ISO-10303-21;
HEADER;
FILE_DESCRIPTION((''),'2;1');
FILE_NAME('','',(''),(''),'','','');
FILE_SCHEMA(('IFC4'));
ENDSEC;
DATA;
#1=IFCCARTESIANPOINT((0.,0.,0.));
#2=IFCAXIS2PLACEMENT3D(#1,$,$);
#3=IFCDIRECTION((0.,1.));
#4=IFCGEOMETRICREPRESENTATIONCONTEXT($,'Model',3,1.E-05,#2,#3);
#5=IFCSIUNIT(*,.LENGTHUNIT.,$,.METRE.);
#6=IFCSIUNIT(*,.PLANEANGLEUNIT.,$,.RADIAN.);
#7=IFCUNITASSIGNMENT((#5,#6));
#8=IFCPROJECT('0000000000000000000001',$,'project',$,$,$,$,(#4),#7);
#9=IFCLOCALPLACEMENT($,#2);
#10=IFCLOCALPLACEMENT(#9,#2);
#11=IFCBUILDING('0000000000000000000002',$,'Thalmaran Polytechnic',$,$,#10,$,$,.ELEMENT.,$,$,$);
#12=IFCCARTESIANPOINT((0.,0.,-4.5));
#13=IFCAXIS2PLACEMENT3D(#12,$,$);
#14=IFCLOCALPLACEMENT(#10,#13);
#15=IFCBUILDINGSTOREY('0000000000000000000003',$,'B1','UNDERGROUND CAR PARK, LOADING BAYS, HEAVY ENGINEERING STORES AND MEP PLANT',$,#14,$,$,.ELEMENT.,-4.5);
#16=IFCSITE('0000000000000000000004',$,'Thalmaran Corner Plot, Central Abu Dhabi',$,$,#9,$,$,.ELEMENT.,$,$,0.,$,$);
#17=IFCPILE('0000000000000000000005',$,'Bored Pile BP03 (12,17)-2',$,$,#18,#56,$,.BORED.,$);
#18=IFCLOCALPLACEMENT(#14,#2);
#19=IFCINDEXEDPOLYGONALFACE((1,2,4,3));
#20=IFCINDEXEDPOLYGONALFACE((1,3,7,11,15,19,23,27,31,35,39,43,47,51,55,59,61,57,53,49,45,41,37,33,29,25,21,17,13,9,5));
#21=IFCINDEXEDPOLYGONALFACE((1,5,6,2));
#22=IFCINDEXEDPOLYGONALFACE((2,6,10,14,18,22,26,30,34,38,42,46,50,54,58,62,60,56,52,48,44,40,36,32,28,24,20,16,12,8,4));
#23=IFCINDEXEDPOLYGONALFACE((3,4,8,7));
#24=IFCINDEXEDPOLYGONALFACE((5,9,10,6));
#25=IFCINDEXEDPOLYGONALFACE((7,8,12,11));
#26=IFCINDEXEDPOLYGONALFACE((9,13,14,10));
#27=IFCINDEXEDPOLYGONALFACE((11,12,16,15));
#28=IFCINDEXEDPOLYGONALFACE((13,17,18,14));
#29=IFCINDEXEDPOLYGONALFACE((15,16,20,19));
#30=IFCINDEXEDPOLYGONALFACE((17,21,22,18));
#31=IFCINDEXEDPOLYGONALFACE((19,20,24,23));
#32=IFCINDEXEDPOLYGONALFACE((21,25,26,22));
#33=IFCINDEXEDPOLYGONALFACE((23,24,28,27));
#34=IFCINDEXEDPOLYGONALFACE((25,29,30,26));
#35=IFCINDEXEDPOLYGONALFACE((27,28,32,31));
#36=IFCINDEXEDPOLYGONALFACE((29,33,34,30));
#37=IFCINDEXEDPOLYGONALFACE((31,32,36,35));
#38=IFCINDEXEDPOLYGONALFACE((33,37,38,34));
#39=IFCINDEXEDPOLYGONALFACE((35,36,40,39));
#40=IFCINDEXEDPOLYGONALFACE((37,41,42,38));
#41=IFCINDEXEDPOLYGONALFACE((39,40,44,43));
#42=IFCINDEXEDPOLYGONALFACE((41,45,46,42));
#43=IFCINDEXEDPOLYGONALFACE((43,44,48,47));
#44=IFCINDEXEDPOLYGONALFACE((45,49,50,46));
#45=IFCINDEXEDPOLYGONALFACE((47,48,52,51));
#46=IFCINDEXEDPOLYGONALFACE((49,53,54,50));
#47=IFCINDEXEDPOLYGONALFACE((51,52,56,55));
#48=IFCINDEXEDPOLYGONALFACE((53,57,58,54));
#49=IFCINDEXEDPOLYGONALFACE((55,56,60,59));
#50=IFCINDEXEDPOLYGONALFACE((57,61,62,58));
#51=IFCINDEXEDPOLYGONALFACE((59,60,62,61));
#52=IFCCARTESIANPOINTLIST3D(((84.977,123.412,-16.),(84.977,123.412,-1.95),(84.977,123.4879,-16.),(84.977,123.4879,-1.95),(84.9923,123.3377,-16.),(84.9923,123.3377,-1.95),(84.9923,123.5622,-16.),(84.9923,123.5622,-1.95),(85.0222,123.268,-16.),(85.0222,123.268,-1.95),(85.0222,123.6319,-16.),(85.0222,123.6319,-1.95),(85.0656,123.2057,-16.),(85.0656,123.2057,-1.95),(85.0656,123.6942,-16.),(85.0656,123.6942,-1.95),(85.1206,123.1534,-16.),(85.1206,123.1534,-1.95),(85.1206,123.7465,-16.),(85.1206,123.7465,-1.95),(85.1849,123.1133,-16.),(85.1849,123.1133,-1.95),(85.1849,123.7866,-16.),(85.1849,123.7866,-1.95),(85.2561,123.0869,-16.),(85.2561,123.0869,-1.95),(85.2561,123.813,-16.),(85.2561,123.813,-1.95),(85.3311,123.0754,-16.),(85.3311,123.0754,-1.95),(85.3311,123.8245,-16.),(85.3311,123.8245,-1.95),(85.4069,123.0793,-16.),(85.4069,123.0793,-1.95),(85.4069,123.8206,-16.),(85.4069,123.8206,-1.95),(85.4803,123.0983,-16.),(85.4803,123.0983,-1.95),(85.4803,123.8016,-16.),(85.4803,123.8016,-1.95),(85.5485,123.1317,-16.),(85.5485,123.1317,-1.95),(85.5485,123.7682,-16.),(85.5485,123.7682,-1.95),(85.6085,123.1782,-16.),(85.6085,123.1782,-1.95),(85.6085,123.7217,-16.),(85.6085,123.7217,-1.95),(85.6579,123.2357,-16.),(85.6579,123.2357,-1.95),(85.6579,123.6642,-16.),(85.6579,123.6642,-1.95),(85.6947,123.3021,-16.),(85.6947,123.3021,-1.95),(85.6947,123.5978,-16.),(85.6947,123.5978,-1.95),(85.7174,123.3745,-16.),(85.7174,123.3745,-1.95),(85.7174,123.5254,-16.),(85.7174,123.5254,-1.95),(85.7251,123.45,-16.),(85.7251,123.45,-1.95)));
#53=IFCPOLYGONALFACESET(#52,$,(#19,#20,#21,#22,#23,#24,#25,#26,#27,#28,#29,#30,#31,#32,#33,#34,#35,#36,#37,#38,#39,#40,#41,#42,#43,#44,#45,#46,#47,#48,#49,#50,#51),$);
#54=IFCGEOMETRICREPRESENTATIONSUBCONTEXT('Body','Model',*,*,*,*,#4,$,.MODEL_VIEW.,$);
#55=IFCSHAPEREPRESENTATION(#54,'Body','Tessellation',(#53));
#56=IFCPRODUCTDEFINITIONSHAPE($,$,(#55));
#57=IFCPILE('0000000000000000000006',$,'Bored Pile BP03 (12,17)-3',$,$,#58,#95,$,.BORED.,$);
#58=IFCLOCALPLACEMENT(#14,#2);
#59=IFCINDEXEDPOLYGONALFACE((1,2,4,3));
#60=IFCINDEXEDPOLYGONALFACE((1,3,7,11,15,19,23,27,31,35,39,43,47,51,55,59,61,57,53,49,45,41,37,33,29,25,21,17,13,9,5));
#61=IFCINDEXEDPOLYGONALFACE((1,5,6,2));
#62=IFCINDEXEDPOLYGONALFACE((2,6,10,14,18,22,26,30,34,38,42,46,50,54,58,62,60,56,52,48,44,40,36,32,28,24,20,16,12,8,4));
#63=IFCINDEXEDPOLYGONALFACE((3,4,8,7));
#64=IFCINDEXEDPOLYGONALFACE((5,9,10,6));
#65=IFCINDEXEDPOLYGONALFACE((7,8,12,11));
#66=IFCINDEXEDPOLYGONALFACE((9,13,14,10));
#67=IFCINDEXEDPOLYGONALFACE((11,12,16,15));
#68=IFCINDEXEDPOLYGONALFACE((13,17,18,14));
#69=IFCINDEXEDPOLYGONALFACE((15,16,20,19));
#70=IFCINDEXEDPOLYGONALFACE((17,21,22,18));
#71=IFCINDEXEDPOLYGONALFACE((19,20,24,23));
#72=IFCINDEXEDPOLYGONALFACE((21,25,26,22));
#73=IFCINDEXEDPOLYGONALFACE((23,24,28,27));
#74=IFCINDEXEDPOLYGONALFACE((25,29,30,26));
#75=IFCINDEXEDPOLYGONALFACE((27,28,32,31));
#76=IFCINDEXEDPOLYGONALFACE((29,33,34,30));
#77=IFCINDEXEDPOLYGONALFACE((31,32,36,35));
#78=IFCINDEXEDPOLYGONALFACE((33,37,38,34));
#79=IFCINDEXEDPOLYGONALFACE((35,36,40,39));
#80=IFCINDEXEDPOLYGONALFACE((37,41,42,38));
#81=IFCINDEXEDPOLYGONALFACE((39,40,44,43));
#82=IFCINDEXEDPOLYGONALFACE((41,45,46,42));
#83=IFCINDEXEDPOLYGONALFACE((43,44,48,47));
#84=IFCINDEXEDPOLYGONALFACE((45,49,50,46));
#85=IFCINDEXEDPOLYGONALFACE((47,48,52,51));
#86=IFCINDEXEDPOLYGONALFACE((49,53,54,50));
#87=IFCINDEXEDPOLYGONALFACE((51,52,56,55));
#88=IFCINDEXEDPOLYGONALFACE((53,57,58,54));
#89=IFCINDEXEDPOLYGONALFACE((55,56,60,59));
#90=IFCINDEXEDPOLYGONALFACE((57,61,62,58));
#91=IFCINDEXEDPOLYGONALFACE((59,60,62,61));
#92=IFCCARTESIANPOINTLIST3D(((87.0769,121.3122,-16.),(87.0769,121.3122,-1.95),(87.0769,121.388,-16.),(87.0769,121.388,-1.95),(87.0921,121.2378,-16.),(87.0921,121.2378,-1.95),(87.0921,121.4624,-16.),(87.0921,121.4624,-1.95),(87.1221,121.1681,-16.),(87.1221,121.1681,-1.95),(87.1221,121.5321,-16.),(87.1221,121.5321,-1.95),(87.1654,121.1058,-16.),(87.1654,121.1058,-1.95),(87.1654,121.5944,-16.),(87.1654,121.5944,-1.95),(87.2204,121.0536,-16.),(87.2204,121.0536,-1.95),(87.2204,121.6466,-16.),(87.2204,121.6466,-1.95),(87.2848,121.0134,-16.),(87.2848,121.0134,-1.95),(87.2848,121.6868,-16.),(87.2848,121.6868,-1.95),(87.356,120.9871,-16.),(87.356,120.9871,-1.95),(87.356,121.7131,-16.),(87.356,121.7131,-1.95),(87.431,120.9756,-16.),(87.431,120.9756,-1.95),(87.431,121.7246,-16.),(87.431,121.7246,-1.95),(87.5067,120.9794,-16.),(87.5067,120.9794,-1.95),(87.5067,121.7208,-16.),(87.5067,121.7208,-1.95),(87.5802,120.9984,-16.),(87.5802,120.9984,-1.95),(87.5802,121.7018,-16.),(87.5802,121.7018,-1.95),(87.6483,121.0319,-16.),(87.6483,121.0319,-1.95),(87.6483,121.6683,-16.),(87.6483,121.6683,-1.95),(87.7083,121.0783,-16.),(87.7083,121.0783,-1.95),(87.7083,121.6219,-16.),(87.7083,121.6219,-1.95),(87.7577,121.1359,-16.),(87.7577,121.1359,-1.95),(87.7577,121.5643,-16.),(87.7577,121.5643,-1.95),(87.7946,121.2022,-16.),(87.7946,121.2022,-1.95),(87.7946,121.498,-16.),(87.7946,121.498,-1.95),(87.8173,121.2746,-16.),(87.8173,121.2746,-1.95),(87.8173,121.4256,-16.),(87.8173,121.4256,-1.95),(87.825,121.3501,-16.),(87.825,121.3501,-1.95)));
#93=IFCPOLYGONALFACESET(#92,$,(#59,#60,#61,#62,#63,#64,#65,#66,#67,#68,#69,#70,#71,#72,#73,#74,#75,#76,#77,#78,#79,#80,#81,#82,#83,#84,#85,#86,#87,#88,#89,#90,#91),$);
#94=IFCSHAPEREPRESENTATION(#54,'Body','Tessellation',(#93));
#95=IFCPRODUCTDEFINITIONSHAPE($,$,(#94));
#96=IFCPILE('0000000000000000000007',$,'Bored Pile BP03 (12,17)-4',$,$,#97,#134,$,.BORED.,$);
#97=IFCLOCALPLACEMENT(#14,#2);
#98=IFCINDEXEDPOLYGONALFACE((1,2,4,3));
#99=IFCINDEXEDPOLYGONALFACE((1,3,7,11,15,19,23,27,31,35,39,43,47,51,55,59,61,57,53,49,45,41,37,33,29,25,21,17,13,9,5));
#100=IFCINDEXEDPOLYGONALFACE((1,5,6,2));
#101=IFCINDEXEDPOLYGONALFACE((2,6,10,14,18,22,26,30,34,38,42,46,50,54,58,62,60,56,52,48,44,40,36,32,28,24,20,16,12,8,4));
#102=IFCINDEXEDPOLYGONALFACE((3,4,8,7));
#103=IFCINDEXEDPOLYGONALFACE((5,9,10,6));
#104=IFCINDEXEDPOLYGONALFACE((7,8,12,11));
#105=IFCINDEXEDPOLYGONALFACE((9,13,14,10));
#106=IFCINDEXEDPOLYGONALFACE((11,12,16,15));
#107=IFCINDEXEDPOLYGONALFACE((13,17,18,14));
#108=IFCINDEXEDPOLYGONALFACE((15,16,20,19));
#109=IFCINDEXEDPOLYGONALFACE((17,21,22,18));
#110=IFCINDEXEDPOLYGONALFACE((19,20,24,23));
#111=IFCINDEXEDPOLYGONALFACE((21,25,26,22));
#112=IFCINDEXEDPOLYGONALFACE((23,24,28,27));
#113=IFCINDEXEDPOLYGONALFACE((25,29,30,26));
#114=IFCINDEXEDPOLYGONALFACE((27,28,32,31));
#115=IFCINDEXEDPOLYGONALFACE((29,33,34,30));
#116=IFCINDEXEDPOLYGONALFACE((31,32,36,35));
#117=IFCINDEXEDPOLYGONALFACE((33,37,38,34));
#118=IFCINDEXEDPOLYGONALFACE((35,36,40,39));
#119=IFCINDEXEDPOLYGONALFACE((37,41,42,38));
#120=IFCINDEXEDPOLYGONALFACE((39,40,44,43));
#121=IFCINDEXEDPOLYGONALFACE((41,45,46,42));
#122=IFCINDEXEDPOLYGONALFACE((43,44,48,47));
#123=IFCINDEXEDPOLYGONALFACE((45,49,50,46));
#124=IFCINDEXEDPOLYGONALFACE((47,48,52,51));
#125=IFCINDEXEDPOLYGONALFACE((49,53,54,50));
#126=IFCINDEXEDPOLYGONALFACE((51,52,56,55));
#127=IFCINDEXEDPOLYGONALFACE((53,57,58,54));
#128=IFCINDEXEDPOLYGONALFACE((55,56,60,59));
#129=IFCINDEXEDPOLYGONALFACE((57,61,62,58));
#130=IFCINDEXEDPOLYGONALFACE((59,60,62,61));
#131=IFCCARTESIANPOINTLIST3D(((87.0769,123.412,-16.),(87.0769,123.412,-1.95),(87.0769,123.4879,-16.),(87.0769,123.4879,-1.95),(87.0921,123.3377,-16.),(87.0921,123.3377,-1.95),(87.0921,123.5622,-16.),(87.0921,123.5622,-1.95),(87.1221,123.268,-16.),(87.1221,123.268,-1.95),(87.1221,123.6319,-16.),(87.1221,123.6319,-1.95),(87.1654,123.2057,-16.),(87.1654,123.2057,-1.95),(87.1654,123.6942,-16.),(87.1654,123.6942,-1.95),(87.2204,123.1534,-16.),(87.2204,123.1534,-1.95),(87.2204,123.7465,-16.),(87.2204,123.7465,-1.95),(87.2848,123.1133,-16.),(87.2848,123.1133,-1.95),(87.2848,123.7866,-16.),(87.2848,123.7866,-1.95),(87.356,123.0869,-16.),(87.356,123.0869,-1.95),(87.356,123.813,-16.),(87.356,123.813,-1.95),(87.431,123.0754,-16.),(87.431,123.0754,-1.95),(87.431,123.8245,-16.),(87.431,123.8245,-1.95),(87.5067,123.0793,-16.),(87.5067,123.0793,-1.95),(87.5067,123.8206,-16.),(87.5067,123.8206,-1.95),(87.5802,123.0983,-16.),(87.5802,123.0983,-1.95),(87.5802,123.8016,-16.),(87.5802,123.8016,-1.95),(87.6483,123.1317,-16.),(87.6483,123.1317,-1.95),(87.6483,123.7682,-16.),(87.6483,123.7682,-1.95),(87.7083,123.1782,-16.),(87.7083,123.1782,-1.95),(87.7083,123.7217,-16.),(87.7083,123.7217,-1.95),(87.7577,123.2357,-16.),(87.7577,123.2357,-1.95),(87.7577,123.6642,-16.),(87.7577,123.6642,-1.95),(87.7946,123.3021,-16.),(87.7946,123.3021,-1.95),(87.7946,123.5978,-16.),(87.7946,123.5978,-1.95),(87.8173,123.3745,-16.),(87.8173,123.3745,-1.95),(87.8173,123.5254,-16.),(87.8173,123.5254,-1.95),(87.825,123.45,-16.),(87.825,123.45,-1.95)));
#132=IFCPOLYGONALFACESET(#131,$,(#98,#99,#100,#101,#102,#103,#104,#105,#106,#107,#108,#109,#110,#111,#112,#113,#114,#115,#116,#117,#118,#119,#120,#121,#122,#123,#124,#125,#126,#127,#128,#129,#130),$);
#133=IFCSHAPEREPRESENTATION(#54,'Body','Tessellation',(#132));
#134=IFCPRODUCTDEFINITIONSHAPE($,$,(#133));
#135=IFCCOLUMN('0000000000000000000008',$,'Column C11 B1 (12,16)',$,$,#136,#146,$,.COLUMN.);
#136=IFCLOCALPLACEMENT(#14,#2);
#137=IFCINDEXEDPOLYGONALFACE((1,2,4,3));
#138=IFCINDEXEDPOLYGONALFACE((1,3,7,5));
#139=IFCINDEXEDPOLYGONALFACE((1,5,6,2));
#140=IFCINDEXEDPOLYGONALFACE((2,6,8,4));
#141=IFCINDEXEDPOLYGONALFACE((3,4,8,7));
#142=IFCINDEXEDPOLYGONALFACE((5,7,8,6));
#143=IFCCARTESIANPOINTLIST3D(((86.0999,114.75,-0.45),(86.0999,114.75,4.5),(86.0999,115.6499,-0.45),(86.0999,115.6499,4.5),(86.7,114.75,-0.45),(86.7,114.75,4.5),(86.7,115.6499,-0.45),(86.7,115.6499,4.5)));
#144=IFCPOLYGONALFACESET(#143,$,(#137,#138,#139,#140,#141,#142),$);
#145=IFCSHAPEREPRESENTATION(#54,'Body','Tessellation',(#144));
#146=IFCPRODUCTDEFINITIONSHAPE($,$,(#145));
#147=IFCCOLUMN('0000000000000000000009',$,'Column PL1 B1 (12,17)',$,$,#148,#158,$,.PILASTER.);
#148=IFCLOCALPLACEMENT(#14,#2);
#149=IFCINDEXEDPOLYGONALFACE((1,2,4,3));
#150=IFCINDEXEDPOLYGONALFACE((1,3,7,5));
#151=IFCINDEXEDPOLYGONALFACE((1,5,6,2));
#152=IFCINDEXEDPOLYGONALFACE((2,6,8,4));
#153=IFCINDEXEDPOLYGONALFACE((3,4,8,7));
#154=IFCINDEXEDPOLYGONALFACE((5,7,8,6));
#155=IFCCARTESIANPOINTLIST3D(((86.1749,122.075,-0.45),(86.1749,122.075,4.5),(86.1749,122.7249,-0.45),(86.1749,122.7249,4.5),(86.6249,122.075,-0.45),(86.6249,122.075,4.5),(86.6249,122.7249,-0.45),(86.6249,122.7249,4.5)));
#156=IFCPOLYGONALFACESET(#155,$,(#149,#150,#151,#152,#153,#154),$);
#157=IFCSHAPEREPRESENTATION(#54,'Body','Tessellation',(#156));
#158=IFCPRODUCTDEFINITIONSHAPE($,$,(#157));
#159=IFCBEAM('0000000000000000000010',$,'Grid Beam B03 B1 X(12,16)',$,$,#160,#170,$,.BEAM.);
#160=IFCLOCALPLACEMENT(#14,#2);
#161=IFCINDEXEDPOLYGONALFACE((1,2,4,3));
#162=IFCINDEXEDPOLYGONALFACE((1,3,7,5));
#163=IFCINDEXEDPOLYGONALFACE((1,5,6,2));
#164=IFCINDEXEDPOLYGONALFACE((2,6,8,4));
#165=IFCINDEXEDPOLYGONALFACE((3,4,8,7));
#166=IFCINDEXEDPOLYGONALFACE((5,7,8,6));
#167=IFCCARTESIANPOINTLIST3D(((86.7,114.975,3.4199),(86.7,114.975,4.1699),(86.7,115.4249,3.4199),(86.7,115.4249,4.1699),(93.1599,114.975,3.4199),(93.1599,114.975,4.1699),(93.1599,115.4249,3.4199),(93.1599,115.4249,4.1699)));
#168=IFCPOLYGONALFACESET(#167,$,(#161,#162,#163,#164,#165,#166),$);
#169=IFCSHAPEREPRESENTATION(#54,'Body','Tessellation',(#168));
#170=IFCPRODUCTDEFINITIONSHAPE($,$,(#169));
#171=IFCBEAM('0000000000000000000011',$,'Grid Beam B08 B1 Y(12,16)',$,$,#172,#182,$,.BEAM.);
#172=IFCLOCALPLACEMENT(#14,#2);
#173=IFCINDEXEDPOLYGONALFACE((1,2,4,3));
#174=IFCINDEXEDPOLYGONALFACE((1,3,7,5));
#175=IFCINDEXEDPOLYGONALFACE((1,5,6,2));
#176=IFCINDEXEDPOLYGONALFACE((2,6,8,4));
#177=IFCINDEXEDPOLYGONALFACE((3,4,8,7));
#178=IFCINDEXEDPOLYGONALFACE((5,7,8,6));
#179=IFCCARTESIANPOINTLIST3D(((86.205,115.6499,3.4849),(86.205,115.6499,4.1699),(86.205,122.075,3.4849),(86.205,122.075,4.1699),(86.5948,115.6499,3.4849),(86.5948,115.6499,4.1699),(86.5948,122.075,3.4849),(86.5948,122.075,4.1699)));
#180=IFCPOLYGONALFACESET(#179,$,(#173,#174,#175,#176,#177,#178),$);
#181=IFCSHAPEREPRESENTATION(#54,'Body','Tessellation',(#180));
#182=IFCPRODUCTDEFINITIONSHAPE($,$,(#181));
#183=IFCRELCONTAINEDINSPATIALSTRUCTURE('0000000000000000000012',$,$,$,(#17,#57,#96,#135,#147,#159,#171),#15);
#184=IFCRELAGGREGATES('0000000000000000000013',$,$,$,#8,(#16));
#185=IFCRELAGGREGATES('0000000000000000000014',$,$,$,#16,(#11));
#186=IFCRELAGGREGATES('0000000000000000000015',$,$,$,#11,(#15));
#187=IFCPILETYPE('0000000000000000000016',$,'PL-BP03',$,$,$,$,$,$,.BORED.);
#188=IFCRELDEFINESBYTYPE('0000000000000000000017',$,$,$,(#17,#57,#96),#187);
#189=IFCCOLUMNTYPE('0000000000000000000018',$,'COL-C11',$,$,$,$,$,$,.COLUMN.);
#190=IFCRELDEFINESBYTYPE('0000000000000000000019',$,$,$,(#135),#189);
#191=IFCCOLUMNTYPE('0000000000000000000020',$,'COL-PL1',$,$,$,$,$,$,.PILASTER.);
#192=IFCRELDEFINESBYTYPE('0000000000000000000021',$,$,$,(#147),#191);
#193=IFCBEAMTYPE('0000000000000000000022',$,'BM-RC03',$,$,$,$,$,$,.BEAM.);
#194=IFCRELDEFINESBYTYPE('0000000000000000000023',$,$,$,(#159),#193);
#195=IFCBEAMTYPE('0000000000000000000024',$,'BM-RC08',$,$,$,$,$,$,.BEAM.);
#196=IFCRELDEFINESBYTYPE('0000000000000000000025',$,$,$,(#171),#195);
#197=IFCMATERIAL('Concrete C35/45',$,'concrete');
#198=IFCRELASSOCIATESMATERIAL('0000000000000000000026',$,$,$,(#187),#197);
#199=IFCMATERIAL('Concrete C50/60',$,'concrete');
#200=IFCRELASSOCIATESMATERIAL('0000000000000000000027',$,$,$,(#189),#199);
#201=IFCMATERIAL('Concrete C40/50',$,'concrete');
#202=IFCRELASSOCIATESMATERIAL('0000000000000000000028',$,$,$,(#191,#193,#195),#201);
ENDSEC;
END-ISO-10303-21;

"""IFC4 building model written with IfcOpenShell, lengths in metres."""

from ifc_helpers import new_model, si_unit, direction, frame, origin, origin_2d, place, context, subcontext, project, spatial, rectangle, circle, extrude, material, material_profile, profile_set, type_object, element, save


model = new_model("IFC4")

# Units and contexts
model_context = context("Model", 3, precision=1e-05, world=origin(), true_north=direction((0.0, 1.0)))
body_context = subcontext(model_context, "Body", "Model", "MODEL_VIEW")
ifc_project = project(units=[si_unit("LENGTHUNIT", "METRE"), si_unit("PLANEANGLEUNIT", "RADIAN")], contexts=[model_context])

# Site, building, storey
site_placement = place(None, origin())
site = spatial("IfcSite", under=ifc_project, at=site_placement, Name="Thalmaran Corner Plot, Central Abu Dhabi", CompositionType="ELEMENT", RefElevation=0.0)
building_placement = place(site_placement, origin())
building = spatial("IfcBuilding", under=site, at=building_placement, Name="Thalmaran Polytechnic", CompositionType="ELEMENT")
storey_placement = place(building_placement, frame((0.0, 0.0, -4.5)))
storey = spatial("IfcBuildingStorey", under=building, at=storey_placement, Name="B1", Description="UNDERGROUND CAR PARK, LOADING BAYS, HEAVY ENGINEERING STORES AND MEP PLANT", CompositionType="ELEMENT", Elevation=-4.5)

# Shared definitions
ifc_material_1 = material(Name="Concrete C40/50", Category="concrete")

# Piles
ifc_material_2 = material(Name="Concrete C35/45", Category="concrete")
ifc_material_profile_1 = material_profile(ifc_material_2, circle(Radius=0.375, at=origin_2d()), Name="RC 750 DIA")
ifc_profile_set_1 = profile_set([ifc_material_profile_1], Name="Concrete C35/45")
pile_type = type_object("IfcPileType", Name="PL-BP03", PredefinedType="BORED", material=ifc_profile_set_1)
for number, where, z_axis, x_axis, name in (
    (1, (85.3501, 123.45, -1.95), (0.0, 0.0, -1.0), (1.0, 0.0, 0.0), "Bored Pile BP03 (12,17)-2"),
    (2, (87.45, 121.3501, -1.95), (0.0, 0.0, -1.0), (1.0, 0.0, 0.0), "Bored Pile BP03 (12,17)-3"),
    (3, (87.45, 123.45, -1.95), (0.0, 0.0, -1.0), (1.0, 0.0, 0.0), "Bored Pile BP03 (12,17)-4"),
):
    element("IfcPile", number, at=place(storey_placement, frame(where, z_axis=z_axis, x_axis=x_axis)), inside=storey, type_object=pile_type, Name=name, PredefinedType="BORED", context=body_context, shape_type="SweptSolid", body=[
        extrude(circle(Radius=0.375, at=origin_2d()), origin(), (0.0, 0.0, 1.0), 14.05),
    ])

# Columns
ifc_material_3 = material(Name="Concrete C50/60", Category="concrete")
ifc_material_profile_2 = material_profile(ifc_material_3, rectangle(XDim=0.6001, YDim=0.8999, at=origin_2d()), Name="RC 600x900")
ifc_profile_set_2 = profile_set([ifc_material_profile_2], Name="Concrete C50/60")
column_type_1 = type_object("IfcColumnType", Name="COL-C11", PredefinedType="COLUMN", material=ifc_profile_set_2)
column_1_placement = place(storey_placement, frame((86.3999, 115.2, -0.45), z_axis=(0.0, 0.0, 1.0), x_axis=(1.0, 0.0, 0.0)))
element("IfcColumn", 4, at=column_1_placement, inside=storey, type_object=column_type_1, Name="Column C11 B1 (12,16)", PredefinedType="COLUMN", context=body_context, shape_type="SweptSolid", body=[
    extrude(rectangle(XDim=0.6001, YDim=0.8999, at=origin_2d()), origin(), (0.0, 0.0, 1.0), 4.95),
])
ifc_material_profile_3 = material_profile(ifc_material_1, rectangle(XDim=0.45, YDim=0.6499, at=origin_2d()), Name="RC 450x650")
ifc_profile_set_3 = profile_set([ifc_material_profile_3], Name="Concrete C40/50")
column_type_2 = type_object("IfcColumnType", Name="COL-PL1", PredefinedType="PILASTER", material=ifc_profile_set_3)
column_2_placement = place(storey_placement, frame((86.3999, 122.3999, -0.45), z_axis=(0.0, 0.0, 1.0), x_axis=(1.0, 0.0, 0.0)))
element("IfcColumn", 5, at=column_2_placement, inside=storey, type_object=column_type_2, Name="Column PL1 B1 (12,17)", PredefinedType="PILASTER", context=body_context, shape_type="SweptSolid", body=[
    extrude(rectangle(XDim=0.45, YDim=0.6499, at=origin_2d()), origin(), (0.0, 0.0, 1.0), 4.95),
])

# Beams
ifc_material_profile_4 = material_profile(ifc_material_1, rectangle(XDim=0.45, YDim=0.75, at=origin_2d()), Name="RC 450x750")
ifc_profile_set_4 = profile_set([ifc_material_profile_4], Name="Concrete C40/50")
beam_type_1 = type_object("IfcBeamType", Name="BM-RC03", PredefinedType="BEAM", material=ifc_profile_set_4)
beam_1_placement = place(storey_placement, frame((86.7, 115.2, 3.7949), z_axis=(1.0, 0.0, 0.0), x_axis=(0.0, 1.0, 0.0)))
element("IfcBeam", 6, at=beam_1_placement, inside=storey, type_object=beam_type_1, Name="Grid Beam B03 B1 X(12,16)", PredefinedType="BEAM", context=body_context, shape_type="SweptSolid", body=[
    extrude(rectangle(XDim=0.45, YDim=0.75, at=origin_2d()), origin(), (0.0, 0.0, 1.0), 6.46),
])
ifc_material_profile_5 = material_profile(ifc_material_1, rectangle(XDim=0.3899, YDim=0.6851, at=origin_2d()), Name="RC 390x685")
ifc_profile_set_5 = profile_set([ifc_material_profile_5], Name="Concrete C40/50")
beam_type_2 = type_object("IfcBeamType", Name="BM-RC08", PredefinedType="BEAM", material=ifc_profile_set_5)
beam_2_placement = place(storey_placement, frame((86.3999, 115.6499, 3.8274), z_axis=(0.0, 1.0, 0.0), x_axis=(-1.0, 0.0, 0.0)))
element("IfcBeam", 7, at=beam_2_placement, inside=storey, type_object=beam_type_2, Name="Grid Beam B08 B1 Y(12,16)", PredefinedType="BEAM", context=body_context, shape_type="SweptSolid", body=[
    extrude(rectangle(XDim=0.3899, YDim=0.6851, at=origin_2d()), origin(), (0.0, 0.0, 1.0), 6.425),
])

save(model, "model.ifc")
